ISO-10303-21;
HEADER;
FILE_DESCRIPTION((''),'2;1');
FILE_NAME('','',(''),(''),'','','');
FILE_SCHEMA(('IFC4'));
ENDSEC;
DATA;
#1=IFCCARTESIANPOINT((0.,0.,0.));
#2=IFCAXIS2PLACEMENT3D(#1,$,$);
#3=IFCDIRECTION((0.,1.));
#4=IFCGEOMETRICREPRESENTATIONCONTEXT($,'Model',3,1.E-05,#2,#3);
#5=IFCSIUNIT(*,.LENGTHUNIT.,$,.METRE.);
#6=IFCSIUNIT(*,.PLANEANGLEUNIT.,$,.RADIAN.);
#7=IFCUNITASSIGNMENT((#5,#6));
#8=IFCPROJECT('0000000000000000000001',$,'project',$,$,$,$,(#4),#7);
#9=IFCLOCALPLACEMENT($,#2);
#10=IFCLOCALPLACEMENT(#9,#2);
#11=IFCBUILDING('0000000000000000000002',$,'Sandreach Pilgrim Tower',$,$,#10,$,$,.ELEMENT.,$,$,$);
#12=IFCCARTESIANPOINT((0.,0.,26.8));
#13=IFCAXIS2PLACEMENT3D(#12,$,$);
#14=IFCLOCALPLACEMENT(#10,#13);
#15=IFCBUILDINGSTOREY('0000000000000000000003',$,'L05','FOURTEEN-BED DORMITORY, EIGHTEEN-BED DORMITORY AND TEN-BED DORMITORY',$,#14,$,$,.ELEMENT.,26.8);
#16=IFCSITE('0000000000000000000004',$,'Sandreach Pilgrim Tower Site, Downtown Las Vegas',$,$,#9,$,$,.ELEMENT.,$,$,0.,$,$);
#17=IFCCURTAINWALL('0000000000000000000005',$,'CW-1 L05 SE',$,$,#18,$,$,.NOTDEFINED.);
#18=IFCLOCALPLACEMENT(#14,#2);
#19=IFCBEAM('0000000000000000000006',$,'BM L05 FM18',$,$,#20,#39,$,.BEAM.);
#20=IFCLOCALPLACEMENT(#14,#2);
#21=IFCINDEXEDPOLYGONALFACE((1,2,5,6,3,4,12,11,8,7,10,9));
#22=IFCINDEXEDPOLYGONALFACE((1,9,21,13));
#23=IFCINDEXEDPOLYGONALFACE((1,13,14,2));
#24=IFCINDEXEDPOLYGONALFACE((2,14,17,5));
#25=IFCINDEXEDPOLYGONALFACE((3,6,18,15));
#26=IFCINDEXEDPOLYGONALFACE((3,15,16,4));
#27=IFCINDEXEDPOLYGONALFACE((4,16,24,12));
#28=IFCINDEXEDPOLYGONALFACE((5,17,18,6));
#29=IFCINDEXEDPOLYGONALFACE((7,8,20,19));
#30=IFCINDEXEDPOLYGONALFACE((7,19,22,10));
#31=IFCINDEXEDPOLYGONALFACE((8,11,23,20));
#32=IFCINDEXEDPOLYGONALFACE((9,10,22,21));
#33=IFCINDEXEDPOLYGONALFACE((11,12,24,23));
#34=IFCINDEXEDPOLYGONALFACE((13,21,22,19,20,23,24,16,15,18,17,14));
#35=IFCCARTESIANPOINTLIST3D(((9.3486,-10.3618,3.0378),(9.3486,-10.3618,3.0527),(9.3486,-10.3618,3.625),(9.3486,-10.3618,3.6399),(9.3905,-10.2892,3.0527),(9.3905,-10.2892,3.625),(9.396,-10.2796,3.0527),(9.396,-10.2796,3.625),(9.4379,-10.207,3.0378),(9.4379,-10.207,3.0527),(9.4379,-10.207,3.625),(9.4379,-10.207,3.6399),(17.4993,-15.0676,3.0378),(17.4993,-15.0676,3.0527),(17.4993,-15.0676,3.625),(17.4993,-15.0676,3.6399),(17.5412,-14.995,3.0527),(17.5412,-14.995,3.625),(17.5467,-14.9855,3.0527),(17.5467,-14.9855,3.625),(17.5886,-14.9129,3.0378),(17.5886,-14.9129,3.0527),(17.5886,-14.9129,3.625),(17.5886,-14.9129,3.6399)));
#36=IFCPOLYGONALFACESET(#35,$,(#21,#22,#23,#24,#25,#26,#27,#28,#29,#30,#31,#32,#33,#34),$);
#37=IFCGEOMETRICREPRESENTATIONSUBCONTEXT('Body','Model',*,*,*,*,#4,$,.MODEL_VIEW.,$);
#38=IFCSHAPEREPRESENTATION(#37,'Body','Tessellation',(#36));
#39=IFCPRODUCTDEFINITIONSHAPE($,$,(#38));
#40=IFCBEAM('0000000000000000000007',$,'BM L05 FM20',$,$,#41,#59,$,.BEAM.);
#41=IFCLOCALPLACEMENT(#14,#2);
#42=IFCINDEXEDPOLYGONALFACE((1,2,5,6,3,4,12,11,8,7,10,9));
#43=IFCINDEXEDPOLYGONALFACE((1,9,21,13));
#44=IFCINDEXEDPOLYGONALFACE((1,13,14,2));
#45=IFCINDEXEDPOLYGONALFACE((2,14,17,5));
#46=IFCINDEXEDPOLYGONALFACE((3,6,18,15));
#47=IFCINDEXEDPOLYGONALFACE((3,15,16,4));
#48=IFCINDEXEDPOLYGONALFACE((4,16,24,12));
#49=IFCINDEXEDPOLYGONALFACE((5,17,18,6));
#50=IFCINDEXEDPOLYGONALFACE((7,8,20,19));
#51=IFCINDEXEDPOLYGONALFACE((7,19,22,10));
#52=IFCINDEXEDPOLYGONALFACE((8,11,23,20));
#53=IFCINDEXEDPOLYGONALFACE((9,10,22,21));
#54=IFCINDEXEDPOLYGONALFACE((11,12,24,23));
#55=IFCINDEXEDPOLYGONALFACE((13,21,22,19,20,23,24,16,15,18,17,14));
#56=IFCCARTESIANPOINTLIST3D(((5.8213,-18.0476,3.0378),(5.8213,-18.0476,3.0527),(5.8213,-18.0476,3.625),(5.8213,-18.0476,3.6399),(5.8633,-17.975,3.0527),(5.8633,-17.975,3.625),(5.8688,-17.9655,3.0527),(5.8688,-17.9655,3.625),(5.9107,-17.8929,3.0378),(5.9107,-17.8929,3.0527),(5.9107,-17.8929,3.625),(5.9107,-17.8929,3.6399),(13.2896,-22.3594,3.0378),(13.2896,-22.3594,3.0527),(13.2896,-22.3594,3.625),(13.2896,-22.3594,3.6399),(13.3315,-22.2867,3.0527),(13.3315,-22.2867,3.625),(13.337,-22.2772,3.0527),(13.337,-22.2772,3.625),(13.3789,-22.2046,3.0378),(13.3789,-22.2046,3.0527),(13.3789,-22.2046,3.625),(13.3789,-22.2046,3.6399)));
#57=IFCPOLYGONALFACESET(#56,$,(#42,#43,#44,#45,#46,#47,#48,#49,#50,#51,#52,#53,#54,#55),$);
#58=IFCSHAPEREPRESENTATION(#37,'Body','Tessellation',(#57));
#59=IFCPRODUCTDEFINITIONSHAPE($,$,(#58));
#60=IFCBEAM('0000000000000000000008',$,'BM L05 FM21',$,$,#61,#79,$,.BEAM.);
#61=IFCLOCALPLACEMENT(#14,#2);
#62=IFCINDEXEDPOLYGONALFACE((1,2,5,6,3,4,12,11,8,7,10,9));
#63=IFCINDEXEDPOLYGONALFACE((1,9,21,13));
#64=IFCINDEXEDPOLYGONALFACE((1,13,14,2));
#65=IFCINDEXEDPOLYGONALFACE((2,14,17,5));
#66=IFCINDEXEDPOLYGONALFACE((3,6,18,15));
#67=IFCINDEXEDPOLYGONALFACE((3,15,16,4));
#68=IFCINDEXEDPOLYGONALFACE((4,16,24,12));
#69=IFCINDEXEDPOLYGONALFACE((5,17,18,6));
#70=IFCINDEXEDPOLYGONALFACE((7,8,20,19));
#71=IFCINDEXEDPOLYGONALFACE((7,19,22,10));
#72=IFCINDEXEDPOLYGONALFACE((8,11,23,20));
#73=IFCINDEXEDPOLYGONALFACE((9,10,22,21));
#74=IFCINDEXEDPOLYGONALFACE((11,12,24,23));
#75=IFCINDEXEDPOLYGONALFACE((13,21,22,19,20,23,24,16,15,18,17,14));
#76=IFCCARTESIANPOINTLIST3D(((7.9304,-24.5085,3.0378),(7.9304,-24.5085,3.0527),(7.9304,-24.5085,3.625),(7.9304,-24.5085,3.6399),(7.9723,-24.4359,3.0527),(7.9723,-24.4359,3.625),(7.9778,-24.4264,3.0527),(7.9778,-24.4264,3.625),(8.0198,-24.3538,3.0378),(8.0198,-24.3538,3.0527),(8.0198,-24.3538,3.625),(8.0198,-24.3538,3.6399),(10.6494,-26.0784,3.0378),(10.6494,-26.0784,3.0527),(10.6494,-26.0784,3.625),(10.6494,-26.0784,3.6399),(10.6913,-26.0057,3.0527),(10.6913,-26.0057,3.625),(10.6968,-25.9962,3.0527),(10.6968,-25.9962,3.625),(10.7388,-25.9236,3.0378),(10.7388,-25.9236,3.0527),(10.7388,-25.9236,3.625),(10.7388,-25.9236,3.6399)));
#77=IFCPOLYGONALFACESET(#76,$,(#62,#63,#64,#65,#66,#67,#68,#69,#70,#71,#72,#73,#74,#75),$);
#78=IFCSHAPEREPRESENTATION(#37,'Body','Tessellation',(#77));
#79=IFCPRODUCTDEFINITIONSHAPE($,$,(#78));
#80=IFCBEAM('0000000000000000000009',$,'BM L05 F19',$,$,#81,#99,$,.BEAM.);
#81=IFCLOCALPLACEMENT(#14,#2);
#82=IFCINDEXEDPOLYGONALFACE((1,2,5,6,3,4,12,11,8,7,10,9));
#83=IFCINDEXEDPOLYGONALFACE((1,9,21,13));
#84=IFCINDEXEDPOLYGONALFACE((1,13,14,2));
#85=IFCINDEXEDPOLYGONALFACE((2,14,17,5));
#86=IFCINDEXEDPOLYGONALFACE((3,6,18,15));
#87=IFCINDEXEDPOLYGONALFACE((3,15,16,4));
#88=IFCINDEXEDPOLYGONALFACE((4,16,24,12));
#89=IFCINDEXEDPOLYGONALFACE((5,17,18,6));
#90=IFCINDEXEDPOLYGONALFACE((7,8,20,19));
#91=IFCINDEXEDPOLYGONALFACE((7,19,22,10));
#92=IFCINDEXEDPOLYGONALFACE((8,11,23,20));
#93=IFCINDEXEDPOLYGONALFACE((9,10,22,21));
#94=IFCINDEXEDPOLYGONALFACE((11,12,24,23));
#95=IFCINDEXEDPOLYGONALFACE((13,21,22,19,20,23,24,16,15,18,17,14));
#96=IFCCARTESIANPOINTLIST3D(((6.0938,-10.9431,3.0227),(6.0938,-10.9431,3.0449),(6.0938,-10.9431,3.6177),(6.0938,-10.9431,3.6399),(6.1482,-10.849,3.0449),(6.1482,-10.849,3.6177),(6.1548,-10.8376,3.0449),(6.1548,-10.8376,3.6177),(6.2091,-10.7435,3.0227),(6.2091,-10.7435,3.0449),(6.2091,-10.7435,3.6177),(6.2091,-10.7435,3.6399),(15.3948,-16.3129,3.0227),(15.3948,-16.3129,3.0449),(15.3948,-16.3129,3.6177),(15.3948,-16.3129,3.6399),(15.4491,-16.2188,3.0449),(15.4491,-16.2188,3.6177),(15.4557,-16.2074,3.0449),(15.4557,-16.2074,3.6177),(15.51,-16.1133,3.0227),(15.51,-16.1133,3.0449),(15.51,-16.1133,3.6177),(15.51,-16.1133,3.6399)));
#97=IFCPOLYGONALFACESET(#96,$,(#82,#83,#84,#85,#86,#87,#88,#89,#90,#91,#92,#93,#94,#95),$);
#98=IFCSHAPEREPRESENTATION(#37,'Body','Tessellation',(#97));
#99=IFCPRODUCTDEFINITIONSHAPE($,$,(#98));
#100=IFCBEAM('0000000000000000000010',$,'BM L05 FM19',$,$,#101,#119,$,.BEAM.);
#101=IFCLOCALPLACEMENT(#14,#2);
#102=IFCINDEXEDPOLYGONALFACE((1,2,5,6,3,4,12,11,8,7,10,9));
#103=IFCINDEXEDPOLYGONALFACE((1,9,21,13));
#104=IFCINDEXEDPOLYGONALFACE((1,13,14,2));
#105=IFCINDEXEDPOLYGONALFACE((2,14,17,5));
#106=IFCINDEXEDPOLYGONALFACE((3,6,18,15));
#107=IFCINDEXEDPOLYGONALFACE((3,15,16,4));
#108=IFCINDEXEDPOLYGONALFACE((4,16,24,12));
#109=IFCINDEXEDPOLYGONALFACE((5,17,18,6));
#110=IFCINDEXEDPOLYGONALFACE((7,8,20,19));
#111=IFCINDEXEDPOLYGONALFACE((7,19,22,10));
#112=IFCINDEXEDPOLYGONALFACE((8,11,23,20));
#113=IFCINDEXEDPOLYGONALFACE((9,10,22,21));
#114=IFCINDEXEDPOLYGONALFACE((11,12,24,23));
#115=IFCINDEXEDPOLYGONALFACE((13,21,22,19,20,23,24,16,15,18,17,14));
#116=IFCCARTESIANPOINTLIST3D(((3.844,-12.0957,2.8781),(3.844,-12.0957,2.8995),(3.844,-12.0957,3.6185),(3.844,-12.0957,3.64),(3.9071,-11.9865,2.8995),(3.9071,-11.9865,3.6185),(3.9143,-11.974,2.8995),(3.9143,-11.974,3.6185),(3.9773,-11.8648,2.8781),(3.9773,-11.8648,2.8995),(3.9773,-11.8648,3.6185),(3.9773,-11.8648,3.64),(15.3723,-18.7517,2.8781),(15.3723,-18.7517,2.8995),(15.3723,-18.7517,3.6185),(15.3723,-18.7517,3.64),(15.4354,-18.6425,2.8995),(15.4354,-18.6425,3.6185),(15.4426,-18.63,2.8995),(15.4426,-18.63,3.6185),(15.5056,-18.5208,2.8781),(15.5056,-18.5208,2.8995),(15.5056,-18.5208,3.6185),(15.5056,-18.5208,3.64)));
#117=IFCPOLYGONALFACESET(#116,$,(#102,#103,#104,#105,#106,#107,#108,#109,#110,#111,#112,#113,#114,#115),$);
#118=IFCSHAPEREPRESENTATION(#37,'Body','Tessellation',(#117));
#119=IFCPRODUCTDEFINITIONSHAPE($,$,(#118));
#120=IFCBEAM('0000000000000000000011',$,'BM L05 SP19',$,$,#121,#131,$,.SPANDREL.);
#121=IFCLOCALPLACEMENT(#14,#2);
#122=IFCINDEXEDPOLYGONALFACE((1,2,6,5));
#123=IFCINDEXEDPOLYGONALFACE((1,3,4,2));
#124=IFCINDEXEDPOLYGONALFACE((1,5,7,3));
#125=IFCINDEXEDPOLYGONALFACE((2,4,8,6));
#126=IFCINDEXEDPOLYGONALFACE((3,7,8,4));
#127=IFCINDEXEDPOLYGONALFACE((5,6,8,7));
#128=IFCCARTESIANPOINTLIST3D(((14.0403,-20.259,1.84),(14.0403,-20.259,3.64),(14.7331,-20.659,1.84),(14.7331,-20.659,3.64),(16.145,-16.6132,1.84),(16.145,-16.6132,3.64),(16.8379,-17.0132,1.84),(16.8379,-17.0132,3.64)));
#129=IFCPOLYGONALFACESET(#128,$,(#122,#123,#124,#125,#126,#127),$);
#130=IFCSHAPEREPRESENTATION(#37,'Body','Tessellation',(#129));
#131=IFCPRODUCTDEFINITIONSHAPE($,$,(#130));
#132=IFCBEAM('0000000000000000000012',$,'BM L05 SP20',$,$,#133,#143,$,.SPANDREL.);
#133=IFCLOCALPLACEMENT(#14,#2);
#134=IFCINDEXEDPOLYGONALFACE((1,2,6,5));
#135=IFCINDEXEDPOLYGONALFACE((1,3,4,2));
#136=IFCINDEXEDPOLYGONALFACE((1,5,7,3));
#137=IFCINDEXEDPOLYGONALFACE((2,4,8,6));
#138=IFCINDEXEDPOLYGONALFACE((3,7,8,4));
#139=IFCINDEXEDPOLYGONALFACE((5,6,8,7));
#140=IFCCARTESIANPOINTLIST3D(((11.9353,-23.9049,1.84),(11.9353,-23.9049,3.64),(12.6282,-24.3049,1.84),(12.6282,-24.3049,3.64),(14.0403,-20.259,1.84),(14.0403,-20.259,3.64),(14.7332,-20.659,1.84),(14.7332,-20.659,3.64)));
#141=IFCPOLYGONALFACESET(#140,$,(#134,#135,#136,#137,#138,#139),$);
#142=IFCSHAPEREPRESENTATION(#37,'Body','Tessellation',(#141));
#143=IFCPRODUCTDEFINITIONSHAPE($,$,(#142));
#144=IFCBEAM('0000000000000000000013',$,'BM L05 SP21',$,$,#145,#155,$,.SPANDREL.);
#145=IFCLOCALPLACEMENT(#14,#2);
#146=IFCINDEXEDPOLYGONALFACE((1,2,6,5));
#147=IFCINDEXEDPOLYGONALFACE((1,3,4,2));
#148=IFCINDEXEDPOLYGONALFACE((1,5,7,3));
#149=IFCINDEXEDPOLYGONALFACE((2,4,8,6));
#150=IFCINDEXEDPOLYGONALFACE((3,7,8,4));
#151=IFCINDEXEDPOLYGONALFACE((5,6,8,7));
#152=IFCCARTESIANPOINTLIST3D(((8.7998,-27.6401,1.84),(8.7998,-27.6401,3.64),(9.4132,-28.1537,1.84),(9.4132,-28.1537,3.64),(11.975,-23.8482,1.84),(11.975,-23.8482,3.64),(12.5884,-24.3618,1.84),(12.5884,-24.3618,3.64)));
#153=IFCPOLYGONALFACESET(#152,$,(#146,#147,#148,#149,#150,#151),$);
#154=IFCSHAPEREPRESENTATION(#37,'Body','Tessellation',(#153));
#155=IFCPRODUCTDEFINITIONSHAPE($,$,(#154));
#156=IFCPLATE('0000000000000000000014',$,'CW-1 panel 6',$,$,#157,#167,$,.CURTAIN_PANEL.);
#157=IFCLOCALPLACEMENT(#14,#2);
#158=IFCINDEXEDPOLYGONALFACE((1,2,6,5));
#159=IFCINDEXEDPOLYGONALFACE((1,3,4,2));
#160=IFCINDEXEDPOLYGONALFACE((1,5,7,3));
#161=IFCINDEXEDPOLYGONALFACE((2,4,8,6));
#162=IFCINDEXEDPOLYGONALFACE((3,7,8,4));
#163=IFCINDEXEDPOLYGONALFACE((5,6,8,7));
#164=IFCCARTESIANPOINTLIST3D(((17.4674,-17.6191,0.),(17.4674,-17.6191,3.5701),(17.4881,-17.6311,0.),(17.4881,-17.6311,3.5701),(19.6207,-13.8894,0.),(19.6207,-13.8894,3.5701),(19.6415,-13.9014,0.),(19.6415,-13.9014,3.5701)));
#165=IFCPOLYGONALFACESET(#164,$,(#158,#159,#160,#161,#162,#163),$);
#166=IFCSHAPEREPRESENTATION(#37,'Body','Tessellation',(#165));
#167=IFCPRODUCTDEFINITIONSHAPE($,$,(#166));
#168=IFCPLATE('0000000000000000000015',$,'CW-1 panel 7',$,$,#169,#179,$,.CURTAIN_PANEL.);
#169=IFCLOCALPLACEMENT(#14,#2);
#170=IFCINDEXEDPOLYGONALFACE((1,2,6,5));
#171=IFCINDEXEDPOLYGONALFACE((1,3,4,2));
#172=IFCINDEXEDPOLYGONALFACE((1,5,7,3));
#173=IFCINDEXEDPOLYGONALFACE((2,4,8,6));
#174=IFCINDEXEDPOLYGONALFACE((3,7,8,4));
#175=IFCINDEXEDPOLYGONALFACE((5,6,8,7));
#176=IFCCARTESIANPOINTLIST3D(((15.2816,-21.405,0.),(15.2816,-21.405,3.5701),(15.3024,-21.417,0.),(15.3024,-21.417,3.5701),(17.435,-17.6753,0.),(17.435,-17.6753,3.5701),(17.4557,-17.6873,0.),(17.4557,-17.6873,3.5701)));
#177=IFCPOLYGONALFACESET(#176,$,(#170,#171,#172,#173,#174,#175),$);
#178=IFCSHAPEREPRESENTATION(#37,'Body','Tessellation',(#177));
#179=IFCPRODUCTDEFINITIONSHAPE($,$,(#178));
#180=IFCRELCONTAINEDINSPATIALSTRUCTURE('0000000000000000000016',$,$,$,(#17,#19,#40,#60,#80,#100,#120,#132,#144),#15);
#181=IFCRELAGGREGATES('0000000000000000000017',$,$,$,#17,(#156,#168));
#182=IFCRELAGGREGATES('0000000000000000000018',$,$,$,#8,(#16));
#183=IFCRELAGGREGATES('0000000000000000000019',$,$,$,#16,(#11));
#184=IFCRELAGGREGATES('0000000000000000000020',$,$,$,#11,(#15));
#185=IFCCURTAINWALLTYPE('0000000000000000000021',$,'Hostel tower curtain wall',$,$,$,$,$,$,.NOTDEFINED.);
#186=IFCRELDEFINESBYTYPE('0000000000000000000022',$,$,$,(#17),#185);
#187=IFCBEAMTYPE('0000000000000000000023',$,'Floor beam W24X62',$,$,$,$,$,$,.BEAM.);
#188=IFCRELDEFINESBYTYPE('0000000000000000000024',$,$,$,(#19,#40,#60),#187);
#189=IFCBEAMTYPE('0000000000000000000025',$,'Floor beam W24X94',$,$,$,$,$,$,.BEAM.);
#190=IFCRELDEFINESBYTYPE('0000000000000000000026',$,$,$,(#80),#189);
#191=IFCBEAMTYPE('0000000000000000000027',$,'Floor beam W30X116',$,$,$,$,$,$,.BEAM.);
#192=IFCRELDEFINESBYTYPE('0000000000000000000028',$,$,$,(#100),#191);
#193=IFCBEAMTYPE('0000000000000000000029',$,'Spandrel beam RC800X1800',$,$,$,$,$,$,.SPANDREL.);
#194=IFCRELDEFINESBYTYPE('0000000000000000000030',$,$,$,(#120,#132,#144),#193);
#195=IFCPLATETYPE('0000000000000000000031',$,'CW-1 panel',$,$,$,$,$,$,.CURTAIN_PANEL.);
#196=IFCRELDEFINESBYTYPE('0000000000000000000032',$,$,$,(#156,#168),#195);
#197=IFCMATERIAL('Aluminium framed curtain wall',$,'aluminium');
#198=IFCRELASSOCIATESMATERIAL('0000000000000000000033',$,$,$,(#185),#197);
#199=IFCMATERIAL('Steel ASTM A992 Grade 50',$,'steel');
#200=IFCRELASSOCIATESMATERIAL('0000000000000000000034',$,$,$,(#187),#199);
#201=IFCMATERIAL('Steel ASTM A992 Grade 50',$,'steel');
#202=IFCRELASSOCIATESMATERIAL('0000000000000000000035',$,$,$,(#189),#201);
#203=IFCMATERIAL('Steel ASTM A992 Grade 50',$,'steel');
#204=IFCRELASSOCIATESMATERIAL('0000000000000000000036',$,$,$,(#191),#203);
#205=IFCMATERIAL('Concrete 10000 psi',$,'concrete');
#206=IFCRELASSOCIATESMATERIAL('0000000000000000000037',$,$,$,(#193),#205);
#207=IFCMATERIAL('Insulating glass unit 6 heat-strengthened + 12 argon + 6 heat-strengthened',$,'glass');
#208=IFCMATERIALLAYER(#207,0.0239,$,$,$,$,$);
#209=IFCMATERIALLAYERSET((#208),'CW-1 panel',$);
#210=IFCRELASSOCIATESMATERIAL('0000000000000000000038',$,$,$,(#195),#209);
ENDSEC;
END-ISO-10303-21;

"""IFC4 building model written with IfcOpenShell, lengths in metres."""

from ifc_helpers import new_model, si_unit, direction, frame, origin, origin_2d, place, context, subcontext, project, spatial, rectangle, i_section, extrude, material, layer, layer_set, material_profile, profile_set, type_object, element, aggregate, save


model = new_model("IFC4")

# Units and contexts
model_context = context("Model", 3, precision=1e-05, world=origin(), true_north=direction((0.0, 1.0)))
body_context = subcontext(model_context, "Body", "Model", "MODEL_VIEW")
ifc_project = project(units=[si_unit("LENGTHUNIT", "METRE"), si_unit("PLANEANGLEUNIT", "RADIAN")], contexts=[model_context])

# Site, building, storey
site_placement = place(None, origin())
site = spatial("IfcSite", under=ifc_project, at=site_placement, Name="Sandreach Pilgrim Tower Site, Downtown Las Vegas", CompositionType="ELEMENT", RefElevation=0.0)
building_placement = place(site_placement, origin())
building = spatial("IfcBuilding", under=site, at=building_placement, Name="Sandreach Pilgrim Tower", CompositionType="ELEMENT")
storey_placement = place(building_placement, frame((0.0, 0.0, 26.8)))
storey = spatial("IfcBuildingStorey", under=building, at=storey_placement, Name="L05", Description="FOURTEEN-BED DORMITORY, EIGHTEEN-BED DORMITORY AND TEN-BED DORMITORY", CompositionType="ELEMENT", Elevation=26.8)

# Curtain wall
ifc_material_1 = material(Name="Aluminium framed curtain wall", Category="aluminium")
curtain_wall_type = type_object("IfcCurtainWallType", Name="Hostel tower curtain wall", PredefinedType="NOTDEFINED", material=ifc_material_1)
curtain_wall_1_placement = place(storey_placement, origin())
curtain_wall_1 = element("IfcCurtainWall", 1, at=curtain_wall_1_placement, inside=storey, type_object=curtain_wall_type, Name="CW-1 L05 SE", PredefinedType="NOTDEFINED")

# Beams
ifc_material_2 = material(Name="Steel ASTM A992 Grade 50", Category="steel")
ifc_material_profile_1 = material_profile(ifc_material_2, i_section(OverallWidth=0.1787, OverallDepth=0.6021, WebThickness=0.011, FlangeThickness=0.0149, at=origin_2d()), Name="W24X62")
ifc_profile_set_1 = profile_set([ifc_material_profile_1], Name="Steel ASTM A992 Grade 50")
beam_type_1 = type_object("IfcBeamType", Name="Floor beam W24X62", PredefinedType="BEAM", material=ifc_profile_set_1)
beam_1_placement = place(storey_placement, frame((17.5439, -14.9902, 3.3389), z_axis=(-0.866024, 0.500003, 0.0), x_axis=(-0.500003, -0.866024, 0.0)))
element("IfcBeam", 2, at=beam_1_placement, inside=storey, type_object=beam_type_1, Name="BM L05 FM18", PredefinedType="BEAM", context=body_context, shape_type="SweptSolid", body=[
    extrude(i_section(OverallWidth=0.1787, OverallDepth=0.6021, WebThickness=0.011, FlangeThickness=0.0149, at=origin_2d()), origin(), (0.0, 0.0, 1.0), 9.4116),
])
beam_2_placement = place(storey_placement, frame((13.3342, -22.282, 3.3389), z_axis=(-0.866027, 0.499997, 0.0), x_axis=(-0.499997, -0.866027, 0.0)))
element("IfcBeam", 3, at=beam_2_placement, inside=storey, type_object=beam_type_1, Name="BM L05 FM20", PredefinedType="BEAM", context=body_context, shape_type="SweptSolid", body=[
    extrude(i_section(OverallWidth=0.1787, OverallDepth=0.6021, WebThickness=0.011, FlangeThickness=0.0149, at=origin_2d()), origin(), (0.0, 0.0, 1.0), 8.6235),
])
beam_3_placement = place(storey_placement, frame((10.6941, -26.001, 3.3389), z_axis=(-0.866024, 0.500003, 0.0), x_axis=(-0.500003, -0.866024, 0.0)))
element("IfcBeam", 4, at=beam_3_placement, inside=storey, type_object=beam_type_1, Name="BM L05 FM21", PredefinedType="BEAM", context=body_context, shape_type="SweptSolid", body=[
    extrude(i_section(OverallWidth=0.1787, OverallDepth=0.6021, WebThickness=0.011, FlangeThickness=0.0149, at=origin_2d()), origin(), (0.0, 0.0, 1.0), 3.1396),
])
ifc_material_3 = material(Name="Steel ASTM A992 Grade 50", Category="steel")
ifc_material_profile_2 = material_profile(ifc_material_3, i_section(OverallWidth=0.2305, OverallDepth=0.6172, WebThickness=0.0132, FlangeThickness=0.0222, at=origin_2d()), Name="W24X94")
ifc_profile_set_2 = profile_set([ifc_material_profile_2], Name="Steel ASTM A992 Grade 50")
beam_type_2 = type_object("IfcBeamType", Name="Floor beam W24X94", PredefinedType="BEAM", material=ifc_profile_set_2)
beam_4_placement = place(storey_placement, frame((15.4524, -16.2131, 3.3313), z_axis=(-0.866028, 0.499995, 0.0), x_axis=(-0.499995, -0.866028, 0.0)))
element("IfcBeam", 5, at=beam_4_placement, inside=storey, type_object=beam_type_2, Name="BM L05 F19", PredefinedType="BEAM", context=body_context, shape_type="SweptSolid", body=[
    extrude(i_section(OverallWidth=0.2305, OverallDepth=0.6172, WebThickness=0.0132, FlangeThickness=0.0222, at=origin_2d()), origin(), (0.0, 0.0, 1.0), 10.7397),
])
ifc_material_4 = material(Name="Steel ASTM A992 Grade 50", Category="steel")
ifc_material_profile_3 = material_profile(ifc_material_4, i_section(OverallWidth=0.2666, OverallDepth=0.762, WebThickness=0.0144, FlangeThickness=0.0215, at=origin_2d()), Name="W30X116")
ifc_profile_set_3 = profile_set([ifc_material_profile_3], Name="Steel ASTM A992 Grade 50")
beam_type_3 = type_object("IfcBeamType", Name="Floor beam W30X116", PredefinedType="BEAM", material=ifc_profile_set_3)
beam_5_placement = place(storey_placement, frame((15.439, -18.6362, 3.259), z_axis=(-0.866021, 0.500007, 0.0), x_axis=(-0.500007, -0.866021, 0.0)))
element("IfcBeam", 6, at=beam_5_placement, inside=storey, type_object=beam_type_3, Name="BM L05 FM19", PredefinedType="BEAM", context=body_context, shape_type="SweptSolid", body=[
    extrude(i_section(OverallWidth=0.2666, OverallDepth=0.762, WebThickness=0.0144, FlangeThickness=0.0215, at=origin_2d()), origin(), (0.0, 0.0, 1.0), 13.3118),
])
ifc_material_5 = material(Name="Concrete 10000 psi", Category="concrete")
ifc_material_profile_4 = material_profile(ifc_material_5, rectangle(XDim=0.8, YDim=1.8, at=origin_2d()), Name="RC800X1800")
ifc_profile_set_4 = profile_set([ifc_material_profile_4], Name="Concrete 10000 psi")
beam_type_4 = type_object("IfcBeamType", Name="Spandrel beam RC800X1800", PredefinedType="SPANDREL", material=ifc_profile_set_4)
beam_6_placement = place(storey_placement, frame((16.4915, -16.8132, 2.74), z_axis=(-0.499975, -0.86604, 0.0), x_axis=(0.86604, -0.499975, 0.0)))
element("IfcBeam", 7, at=beam_6_placement, inside=storey, type_object=beam_type_4, Name="BM L05 SP19", PredefinedType="SPANDREL", context=body_context, shape_type="SweptSolid", body=[
    extrude(rectangle(XDim=0.8, YDim=1.8, at=origin_2d()), origin(), (0.0, 0.0, 1.0), 4.2097),
])
beam_7_placement = place(storey_placement, frame((14.3867, -20.459, 2.74), z_axis=(-0.499994, -0.866029, 0.0), x_axis=(0.866029, -0.499994, 0.0)))
element("IfcBeam", 8, at=beam_7_placement, inside=storey, type_object=beam_type_4, Name="BM L05 SP20", PredefinedType="SPANDREL", context=body_context, shape_type="SweptSolid", body=[
    extrude(rectangle(XDim=0.8, YDim=1.8, at=origin_2d()), origin(), (0.0, 0.0, 1.0), 4.21),
])
beam_8_placement = place(storey_placement, frame((12.2817, -24.105, 2.74), z_axis=(-0.642008, -0.766698, 0.0), x_axis=(0.766698, -0.642008, 0.0)))
element("IfcBeam", 9, at=beam_8_placement, inside=storey, type_object=beam_type_4, Name="BM L05 SP21", PredefinedType="SPANDREL", context=body_context, shape_type="SweptSolid", body=[
    extrude(rectangle(XDim=0.8, YDim=1.8, at=origin_2d()), origin(), (0.0, 0.0, 1.0), 4.9458),
])

# Plates
ifc_material_6 = material(Name="Insulating glass unit 6 heat-strengthened + 12 argon + 6 heat-strengthened", Category="glass")
ifc_layer_1 = layer(ifc_material_6, 0.0239)
ifc_layer_set_1 = layer_set([ifc_layer_1], Name="CW-1 panel")
plate_type = type_object("IfcPlateType", Name="CW-1 panel", PredefinedType="CURTAIN_PANEL", material=ifc_layer_set_1)
plate_1_placement = place(storey_placement, frame((18.5544, -15.7603, 0.0), z_axis=(0.0, 0.0, 1.0), x_axis=(-0.5, -0.866025, 0.0)))
plate_1 = element("IfcPlate", 10, at=plate_1_placement, type_object=plate_type, Name="CW-1 panel 6", PredefinedType="CURTAIN_PANEL", context=body_context, shape_type="SweptSolid", body=[
    extrude(rectangle(XDim=4.3066, YDim=0.0239, at=origin_2d()), origin(), (0.0, 0.0, 1.0), 3.5701),
])
plate_2_placement = place(storey_placement, frame((16.3687, -19.5461, 0.0), z_axis=(0.0, 0.0, 1.0), x_axis=(-0.5, -0.866025, 0.0)))
plate_2 = element("IfcPlate", 11, at=plate_2_placement, type_object=plate_type, Name="CW-1 panel 7", PredefinedType="CURTAIN_PANEL", context=body_context, shape_type="SweptSolid", body=[
    extrude(rectangle(XDim=4.3066, YDim=0.0239, at=origin_2d()), origin(), (0.0, 0.0, 1.0), 3.5701),
])
aggregate(curtain_wall_1, [plate_1, plate_2])

save(model, "model.ifc")
